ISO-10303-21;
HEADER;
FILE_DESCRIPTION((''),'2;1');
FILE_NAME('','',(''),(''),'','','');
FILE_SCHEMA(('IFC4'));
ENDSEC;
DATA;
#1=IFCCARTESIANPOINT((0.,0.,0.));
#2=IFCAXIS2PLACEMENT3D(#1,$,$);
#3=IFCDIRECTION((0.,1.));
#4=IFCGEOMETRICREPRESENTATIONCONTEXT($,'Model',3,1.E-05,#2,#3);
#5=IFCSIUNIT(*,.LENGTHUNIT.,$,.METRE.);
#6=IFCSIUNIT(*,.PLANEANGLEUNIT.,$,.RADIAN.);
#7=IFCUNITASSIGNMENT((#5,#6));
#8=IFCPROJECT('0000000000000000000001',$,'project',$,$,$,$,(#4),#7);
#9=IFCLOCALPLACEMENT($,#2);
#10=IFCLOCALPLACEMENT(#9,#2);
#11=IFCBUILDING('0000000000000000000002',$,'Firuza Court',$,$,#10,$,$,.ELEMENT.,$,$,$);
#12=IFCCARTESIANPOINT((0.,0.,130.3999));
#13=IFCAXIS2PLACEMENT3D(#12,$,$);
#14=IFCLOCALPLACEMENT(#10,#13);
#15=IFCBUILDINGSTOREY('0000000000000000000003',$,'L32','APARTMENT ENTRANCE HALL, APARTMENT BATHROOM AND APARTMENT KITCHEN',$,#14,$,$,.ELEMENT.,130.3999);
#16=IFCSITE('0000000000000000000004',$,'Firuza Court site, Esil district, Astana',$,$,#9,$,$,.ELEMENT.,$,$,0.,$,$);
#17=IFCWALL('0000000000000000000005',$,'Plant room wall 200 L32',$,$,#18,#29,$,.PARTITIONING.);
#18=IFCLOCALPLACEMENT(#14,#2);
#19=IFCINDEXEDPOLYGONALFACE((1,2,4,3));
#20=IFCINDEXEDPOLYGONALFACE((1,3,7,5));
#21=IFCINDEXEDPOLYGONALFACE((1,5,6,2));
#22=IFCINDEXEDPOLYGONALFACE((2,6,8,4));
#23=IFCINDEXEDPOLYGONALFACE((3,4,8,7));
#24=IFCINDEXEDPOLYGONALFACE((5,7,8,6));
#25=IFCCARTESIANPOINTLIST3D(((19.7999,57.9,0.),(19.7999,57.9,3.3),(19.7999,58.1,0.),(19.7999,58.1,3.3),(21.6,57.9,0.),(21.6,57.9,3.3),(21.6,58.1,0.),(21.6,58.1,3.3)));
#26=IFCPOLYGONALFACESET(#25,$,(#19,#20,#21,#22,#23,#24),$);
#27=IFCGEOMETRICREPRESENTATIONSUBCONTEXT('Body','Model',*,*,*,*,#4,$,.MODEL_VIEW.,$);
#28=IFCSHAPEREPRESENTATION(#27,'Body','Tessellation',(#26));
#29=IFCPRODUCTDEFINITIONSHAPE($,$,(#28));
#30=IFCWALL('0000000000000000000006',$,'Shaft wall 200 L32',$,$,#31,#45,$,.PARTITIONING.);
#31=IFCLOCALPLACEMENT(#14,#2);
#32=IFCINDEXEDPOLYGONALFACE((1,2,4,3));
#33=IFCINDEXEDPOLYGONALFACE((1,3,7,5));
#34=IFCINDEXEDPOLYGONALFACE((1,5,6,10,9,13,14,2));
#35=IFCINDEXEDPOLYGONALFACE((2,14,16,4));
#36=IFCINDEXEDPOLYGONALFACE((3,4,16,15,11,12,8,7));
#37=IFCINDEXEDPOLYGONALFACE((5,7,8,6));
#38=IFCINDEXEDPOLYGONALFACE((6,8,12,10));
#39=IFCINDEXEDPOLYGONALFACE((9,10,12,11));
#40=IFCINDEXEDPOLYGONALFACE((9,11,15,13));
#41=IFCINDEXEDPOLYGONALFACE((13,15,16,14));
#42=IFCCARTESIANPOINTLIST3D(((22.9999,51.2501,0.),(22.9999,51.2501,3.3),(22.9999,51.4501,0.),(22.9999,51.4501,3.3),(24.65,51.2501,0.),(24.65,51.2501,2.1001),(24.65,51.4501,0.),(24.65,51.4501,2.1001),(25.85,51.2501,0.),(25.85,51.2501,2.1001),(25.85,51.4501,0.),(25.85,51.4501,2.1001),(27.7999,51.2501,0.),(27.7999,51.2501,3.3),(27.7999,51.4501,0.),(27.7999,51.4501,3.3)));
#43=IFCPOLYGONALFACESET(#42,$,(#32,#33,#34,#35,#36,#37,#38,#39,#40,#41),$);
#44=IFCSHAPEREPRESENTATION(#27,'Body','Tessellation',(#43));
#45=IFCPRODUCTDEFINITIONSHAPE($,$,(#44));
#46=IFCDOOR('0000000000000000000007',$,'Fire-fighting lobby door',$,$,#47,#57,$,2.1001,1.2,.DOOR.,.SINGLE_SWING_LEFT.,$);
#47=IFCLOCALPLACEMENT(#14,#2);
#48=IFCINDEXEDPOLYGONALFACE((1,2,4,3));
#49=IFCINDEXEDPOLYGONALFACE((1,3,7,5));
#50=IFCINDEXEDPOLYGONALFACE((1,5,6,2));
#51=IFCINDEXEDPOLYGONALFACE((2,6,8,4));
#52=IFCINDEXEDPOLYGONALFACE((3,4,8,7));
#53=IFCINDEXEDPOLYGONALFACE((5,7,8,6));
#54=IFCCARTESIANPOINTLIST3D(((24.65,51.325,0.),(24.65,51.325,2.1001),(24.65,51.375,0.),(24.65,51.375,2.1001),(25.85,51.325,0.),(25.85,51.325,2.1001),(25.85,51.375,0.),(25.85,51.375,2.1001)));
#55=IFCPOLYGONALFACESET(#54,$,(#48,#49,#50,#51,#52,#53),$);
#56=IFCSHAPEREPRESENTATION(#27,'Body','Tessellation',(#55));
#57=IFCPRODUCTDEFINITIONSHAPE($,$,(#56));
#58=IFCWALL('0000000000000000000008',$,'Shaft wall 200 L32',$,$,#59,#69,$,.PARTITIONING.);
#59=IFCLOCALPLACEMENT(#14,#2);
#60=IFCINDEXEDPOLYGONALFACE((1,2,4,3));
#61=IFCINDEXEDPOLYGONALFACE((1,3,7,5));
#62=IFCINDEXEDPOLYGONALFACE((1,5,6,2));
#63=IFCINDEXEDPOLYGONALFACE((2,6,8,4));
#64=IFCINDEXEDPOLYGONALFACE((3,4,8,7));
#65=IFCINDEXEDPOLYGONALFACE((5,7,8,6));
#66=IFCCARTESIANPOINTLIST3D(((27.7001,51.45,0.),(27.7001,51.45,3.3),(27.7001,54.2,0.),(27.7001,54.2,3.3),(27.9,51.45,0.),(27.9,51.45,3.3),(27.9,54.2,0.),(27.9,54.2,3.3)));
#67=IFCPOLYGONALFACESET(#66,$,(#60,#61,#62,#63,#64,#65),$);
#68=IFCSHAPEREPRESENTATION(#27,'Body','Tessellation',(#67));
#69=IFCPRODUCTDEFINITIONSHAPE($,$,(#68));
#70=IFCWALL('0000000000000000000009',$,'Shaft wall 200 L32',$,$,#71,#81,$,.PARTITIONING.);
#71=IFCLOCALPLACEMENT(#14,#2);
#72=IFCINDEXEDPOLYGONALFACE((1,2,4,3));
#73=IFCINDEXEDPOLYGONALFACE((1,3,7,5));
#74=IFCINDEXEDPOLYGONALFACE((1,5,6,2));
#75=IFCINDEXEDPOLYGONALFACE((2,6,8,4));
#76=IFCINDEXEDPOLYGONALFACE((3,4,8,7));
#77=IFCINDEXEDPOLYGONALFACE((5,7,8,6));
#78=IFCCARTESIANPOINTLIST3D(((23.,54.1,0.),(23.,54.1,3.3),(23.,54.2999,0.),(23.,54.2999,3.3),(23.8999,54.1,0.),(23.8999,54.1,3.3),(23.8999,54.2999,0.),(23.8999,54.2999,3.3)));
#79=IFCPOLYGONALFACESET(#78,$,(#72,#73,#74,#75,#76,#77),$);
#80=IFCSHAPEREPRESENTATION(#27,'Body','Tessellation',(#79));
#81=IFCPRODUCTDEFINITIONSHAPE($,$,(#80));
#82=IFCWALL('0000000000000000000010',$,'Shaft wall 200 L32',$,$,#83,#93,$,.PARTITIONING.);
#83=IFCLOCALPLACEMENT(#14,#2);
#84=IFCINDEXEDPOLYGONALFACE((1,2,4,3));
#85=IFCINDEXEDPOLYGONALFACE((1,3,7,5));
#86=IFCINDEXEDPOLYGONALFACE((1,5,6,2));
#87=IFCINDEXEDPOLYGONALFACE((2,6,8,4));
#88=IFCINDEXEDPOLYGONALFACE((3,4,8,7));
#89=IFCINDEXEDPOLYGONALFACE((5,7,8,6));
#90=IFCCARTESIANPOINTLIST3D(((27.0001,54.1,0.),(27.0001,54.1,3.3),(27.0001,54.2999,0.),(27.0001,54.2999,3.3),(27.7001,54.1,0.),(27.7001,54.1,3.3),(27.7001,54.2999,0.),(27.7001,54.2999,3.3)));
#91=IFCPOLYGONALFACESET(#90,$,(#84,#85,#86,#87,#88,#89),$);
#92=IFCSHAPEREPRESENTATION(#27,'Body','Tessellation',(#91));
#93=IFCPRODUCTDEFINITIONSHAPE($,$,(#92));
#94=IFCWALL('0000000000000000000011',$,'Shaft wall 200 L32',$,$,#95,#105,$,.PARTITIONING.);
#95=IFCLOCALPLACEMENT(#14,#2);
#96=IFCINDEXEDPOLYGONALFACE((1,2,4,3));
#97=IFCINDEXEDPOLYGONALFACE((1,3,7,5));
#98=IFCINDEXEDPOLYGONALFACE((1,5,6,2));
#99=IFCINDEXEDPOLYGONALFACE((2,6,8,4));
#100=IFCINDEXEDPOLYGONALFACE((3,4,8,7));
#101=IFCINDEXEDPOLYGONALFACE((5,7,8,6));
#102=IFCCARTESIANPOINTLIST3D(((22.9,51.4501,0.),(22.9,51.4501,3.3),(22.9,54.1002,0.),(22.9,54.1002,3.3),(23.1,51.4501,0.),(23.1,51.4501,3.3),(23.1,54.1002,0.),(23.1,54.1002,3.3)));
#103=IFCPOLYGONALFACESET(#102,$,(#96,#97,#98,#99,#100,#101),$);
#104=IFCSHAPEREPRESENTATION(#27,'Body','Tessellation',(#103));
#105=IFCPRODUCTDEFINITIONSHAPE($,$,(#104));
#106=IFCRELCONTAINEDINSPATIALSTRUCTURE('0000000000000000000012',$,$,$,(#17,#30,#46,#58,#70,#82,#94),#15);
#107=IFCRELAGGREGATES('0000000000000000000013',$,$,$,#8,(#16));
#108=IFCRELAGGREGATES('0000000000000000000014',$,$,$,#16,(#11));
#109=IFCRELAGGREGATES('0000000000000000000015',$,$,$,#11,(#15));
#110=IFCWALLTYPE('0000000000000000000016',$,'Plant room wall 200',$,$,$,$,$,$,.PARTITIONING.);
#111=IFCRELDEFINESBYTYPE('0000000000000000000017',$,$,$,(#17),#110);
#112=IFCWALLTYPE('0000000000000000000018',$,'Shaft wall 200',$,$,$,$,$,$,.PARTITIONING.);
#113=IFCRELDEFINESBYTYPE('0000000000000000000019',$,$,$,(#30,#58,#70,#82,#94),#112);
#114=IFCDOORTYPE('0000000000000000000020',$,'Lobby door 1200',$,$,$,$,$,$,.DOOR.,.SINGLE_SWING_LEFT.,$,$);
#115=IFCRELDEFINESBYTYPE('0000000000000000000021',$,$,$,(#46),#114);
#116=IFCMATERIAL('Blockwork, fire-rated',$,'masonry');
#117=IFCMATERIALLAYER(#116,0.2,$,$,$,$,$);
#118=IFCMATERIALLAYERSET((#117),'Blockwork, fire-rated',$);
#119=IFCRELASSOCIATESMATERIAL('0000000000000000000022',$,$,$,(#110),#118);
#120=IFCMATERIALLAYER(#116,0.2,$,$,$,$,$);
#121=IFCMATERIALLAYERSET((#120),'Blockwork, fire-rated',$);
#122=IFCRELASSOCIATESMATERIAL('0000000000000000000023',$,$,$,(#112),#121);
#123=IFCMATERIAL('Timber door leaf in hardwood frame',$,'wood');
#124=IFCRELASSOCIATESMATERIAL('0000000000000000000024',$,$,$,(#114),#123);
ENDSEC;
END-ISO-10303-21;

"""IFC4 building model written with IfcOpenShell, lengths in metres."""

from ifc_helpers import new_model, si_unit, direction, frame, frame_2d, origin, place, context, subcontext, project, spatial, rectangle, extrude, material, layer, layer_set, type_object, element, fill, save


model = new_model("IFC4")

# Units and contexts
model_context = context("Model", 3, precision=1e-05, world=origin(), true_north=direction((0.0, 1.0)))
body_context = subcontext(model_context, "Body", "Model", "MODEL_VIEW")
ifc_project = project(units=[si_unit("LENGTHUNIT", "METRE"), si_unit("PLANEANGLEUNIT", "RADIAN")], contexts=[model_context])

# Site, building, storey
site_placement = place(None, origin())
site = spatial("IfcSite", under=ifc_project, at=site_placement, Name="Firuza Court site, Esil district, Astana", CompositionType="ELEMENT", RefElevation=0.0)
building_placement = place(site_placement, origin())
building = spatial("IfcBuilding", under=site, at=building_placement, Name="Firuza Court", CompositionType="ELEMENT")
storey_placement = place(building_placement, frame((0.0, 0.0, 130.3999)))
storey = spatial("IfcBuildingStorey", under=building, at=storey_placement, Name="L32", Description="APARTMENT ENTRANCE HALL, APARTMENT BATHROOM AND APARTMENT KITCHEN", CompositionType="ELEMENT", Elevation=130.3999)

# Shared definitions
ifc_material_1 = material(Name="Blockwork, fire-rated", Category="masonry")
ifc_layer_1 = layer(ifc_material_1, 0.2)
ifc_layer_set_1 = layer_set([ifc_layer_1], Name="Blockwork, fire-rated")
wall_type_1 = type_object("IfcWallType", Name="Plant room wall 200", PredefinedType="PARTITIONING", material=ifc_layer_set_1)

# Wall
wall_1_placement = place(storey_placement, frame((19.8, 58.0, 0.0), z_axis=(0.0, 0.0, 1.0), x_axis=(1.0, 0.0, 0.0)))
element("IfcWall", 1, at=wall_1_placement, inside=storey, type_object=wall_type_1, Name="Plant room wall 200 L32", PredefinedType="PARTITIONING", context=body_context, shape_type="SweptSolid", body=[
    extrude(rectangle(XDim=1.8, YDim=0.2, at=frame_2d((0.8999, 0.0))), origin(), (0.0, 0.0, 1.0), 3.3),
])

# Wall, opening, door
ifc_layer_2 = layer(ifc_material_1, 0.2)
ifc_layer_set_2 = layer_set([ifc_layer_2], Name="Blockwork, fire-rated")
wall_type_2 = type_object("IfcWallType", Name="Shaft wall 200", PredefinedType="PARTITIONING", material=ifc_layer_set_2)
wall_2_placement = place(storey_placement, frame((23.0, 51.3501, 0.0), z_axis=(0.0, 0.0, 1.0), x_axis=(1.0, 0.0, 0.0)))
wall_2 = element("IfcWall", 2, at=wall_2_placement, inside=storey, type_object=wall_type_2, Name="Shaft wall 200 L32", PredefinedType="PARTITIONING", context=body_context, shape_type="SweptSolid", body=[
    extrude(rectangle(XDim=4.8, YDim=0.2, at=frame_2d((2.3999, 0.0))), origin(), (0.0, 0.0, 1.0), 3.3),
])
opening_1_placement = place(wall_2_placement, frame((1.6499, 0.0, 0.0)))
opening_1 = element("IfcOpeningElement", 3, at=opening_1_placement, cuts=wall_2, PredefinedType="OPENING", context=body_context, shape_type="SweptSolid", body=[
    extrude(rectangle(XDim=1.2, YDim=2.1001, at=frame_2d((0.6001, 1.05))), frame((0.0, 0.1118, 0.0), z_axis=(0.0, -1.0, 0.0), x_axis=(1.0, 0.0, 0.0)), (0.0, 0.0, 1.0), 0.2239),
])
ifc_material_2 = material(Name="Timber door leaf in hardwood frame", Category="wood")
door_type_1 = type_object("IfcDoorType", Name="Lobby door 1200", OperationType="SINGLE_SWING_LEFT", PredefinedType="DOOR", material=ifc_material_2)
door_1_placement = place(opening_1_placement, origin())
door_1 = element("IfcDoor", 4, at=door_1_placement, inside=storey, type_object=door_type_1, Name="Fire-fighting lobby door", OperationType="SINGLE_SWING_LEFT", OverallHeight=2.1001, OverallWidth=1.2, PredefinedType="DOOR", context=body_context, shape_type="SweptSolid", body=[
    extrude(rectangle(XDim=1.2, YDim=2.1001, at=frame_2d((0.6001, 1.05))), frame((0.0, 0.0249, 0.0), z_axis=(0.0, -1.0, 0.0), x_axis=(1.0, 0.0, 0.0)), (0.0, 0.0, 1.0), 0.05),
])
fill(opening_1, door_1)

# Walls
wall_3_placement = place(storey_placement, frame((27.8, 51.45, 0.0), z_axis=(0.0, 0.0, 1.0), x_axis=(0.0, 1.0, 0.0)))
element("IfcWall", 5, at=wall_3_placement, inside=storey, type_object=wall_type_2, Name="Shaft wall 200 L32", PredefinedType="PARTITIONING", context=body_context, shape_type="SweptSolid", body=[
    extrude(rectangle(XDim=2.75, YDim=0.2, at=frame_2d((1.375, 0.0))), origin(), (0.0, 0.0, 1.0), 3.3),
])
wall_4_placement = place(storey_placement, frame((23.0, 54.2, 0.0), z_axis=(0.0, 0.0, 1.0), x_axis=(1.0, 0.0, 0.0)))
element("IfcWall", 6, at=wall_4_placement, inside=storey, type_object=wall_type_2, Name="Shaft wall 200 L32", PredefinedType="PARTITIONING", context=body_context, shape_type="SweptSolid", body=[
    extrude(rectangle(XDim=0.8999, YDim=0.2, at=frame_2d((0.45, 0.0))), origin(), (0.0, 0.0, 1.0), 3.3),
])
wall_5_placement = place(storey_placement, frame((27.0, 54.2, 0.0), z_axis=(0.0, 0.0, 1.0), x_axis=(1.0, 0.0, 0.0)))
element("IfcWall", 7, at=wall_5_placement, inside=storey, type_object=wall_type_2, Name="Shaft wall 200 L32", PredefinedType="PARTITIONING", context=body_context, shape_type="SweptSolid", body=[
    extrude(rectangle(XDim=0.7, YDim=0.2, at=frame_2d((0.3501, 0.0))), origin(), (0.0, 0.0, 1.0), 3.3),
])
wall_6_placement = place(storey_placement, frame((23.0, 51.45, 0.0), z_axis=(0.0, 0.0, 1.0), x_axis=(0.0, 1.0, 0.0)))
element("IfcWall", 8, at=wall_6_placement, inside=storey, type_object=wall_type_2, Name="Shaft wall 200 L32", PredefinedType="PARTITIONING", context=body_context, shape_type="SweptSolid", body=[
    extrude(rectangle(XDim=2.6501, YDim=0.2, at=frame_2d((1.3252, 0.0))), origin(), (0.0, 0.0, 1.0), 3.3),
])

save(model, "model.ifc")
